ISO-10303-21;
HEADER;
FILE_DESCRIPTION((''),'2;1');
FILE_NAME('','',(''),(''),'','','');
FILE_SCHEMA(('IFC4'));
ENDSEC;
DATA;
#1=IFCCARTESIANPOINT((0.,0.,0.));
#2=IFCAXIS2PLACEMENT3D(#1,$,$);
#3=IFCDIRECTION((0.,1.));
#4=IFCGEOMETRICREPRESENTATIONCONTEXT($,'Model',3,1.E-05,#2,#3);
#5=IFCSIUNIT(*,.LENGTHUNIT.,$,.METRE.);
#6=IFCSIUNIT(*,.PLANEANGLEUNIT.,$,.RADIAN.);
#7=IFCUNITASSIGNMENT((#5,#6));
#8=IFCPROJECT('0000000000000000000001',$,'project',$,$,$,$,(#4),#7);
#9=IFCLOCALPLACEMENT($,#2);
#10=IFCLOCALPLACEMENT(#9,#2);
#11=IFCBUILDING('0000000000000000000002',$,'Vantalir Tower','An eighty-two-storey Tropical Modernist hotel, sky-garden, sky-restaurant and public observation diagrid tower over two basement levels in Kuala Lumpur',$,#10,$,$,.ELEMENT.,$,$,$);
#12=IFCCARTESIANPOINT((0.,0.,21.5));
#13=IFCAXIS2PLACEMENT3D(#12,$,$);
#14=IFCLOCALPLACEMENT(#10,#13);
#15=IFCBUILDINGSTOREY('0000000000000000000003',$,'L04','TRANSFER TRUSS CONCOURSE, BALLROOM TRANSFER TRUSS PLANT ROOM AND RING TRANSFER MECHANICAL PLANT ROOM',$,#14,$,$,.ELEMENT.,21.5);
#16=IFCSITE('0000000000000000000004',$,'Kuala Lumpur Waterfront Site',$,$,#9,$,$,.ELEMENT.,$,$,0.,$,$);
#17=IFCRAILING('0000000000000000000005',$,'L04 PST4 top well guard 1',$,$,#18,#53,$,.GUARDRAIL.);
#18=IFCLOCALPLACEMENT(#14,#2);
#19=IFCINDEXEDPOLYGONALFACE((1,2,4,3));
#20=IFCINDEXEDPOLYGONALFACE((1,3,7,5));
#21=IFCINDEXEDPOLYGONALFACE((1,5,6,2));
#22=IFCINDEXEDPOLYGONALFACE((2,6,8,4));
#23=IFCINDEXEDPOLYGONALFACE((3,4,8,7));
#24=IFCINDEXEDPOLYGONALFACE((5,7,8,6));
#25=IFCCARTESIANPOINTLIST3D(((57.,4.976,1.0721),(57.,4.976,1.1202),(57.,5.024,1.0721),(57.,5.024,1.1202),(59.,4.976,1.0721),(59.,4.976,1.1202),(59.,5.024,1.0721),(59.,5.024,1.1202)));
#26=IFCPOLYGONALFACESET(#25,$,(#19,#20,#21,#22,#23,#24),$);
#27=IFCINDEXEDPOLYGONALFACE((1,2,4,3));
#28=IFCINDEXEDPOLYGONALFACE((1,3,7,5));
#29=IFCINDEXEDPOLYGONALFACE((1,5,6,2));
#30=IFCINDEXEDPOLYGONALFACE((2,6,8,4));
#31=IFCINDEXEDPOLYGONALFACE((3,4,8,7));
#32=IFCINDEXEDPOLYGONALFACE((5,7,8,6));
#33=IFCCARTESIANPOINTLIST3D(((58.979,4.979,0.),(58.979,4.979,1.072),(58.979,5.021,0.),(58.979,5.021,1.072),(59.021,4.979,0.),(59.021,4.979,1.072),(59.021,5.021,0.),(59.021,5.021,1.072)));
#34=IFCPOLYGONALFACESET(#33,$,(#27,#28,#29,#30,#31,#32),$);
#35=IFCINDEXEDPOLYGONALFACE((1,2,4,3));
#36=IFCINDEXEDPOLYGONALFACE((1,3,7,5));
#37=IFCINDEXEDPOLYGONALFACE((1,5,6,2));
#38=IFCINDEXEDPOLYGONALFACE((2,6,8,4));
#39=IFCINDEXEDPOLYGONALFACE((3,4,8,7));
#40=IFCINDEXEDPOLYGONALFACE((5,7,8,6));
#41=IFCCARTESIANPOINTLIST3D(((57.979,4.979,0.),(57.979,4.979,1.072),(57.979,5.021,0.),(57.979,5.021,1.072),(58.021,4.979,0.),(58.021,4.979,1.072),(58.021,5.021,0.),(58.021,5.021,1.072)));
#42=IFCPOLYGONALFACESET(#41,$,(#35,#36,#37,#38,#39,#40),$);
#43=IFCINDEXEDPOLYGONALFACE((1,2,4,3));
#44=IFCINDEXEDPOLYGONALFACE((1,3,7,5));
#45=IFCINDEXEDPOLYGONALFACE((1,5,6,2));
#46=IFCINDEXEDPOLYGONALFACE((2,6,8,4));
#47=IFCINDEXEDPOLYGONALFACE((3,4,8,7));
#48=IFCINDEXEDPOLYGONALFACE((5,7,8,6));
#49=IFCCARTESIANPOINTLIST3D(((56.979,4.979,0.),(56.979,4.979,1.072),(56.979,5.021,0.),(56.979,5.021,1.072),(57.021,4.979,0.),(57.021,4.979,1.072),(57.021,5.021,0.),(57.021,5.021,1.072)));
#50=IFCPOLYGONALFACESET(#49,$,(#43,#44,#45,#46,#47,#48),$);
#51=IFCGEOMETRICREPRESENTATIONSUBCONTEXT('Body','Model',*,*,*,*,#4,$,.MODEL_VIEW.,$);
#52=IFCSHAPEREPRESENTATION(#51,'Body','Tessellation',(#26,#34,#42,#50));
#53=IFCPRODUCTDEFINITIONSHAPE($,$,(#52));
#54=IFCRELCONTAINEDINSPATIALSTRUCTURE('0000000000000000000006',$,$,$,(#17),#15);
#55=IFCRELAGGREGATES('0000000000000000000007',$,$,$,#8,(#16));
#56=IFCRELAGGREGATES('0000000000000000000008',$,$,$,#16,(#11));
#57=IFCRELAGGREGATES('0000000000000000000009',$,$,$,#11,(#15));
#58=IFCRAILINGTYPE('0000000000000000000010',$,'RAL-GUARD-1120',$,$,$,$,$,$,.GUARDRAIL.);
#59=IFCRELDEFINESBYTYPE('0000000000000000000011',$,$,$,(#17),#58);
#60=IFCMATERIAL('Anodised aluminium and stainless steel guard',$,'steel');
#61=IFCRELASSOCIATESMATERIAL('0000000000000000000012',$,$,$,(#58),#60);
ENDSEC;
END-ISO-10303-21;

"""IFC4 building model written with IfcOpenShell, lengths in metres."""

from ifc_helpers import new_model, si_unit, direction, frame, origin, origin_2d, place, context, subcontext, project, spatial, rectangle, extrude, material, type_object, element, save


model = new_model("IFC4")

# Units and contexts
model_context = context("Model", 3, precision=1e-05, world=origin(), true_north=direction((0.0, 1.0)))
body_context = subcontext(model_context, "Body", "Model", "MODEL_VIEW")
ifc_project = project(units=[si_unit("LENGTHUNIT", "METRE"), si_unit("PLANEANGLEUNIT", "RADIAN")], contexts=[model_context])

# Site, building, storey
site_placement = place(None, origin())
site = spatial("IfcSite", under=ifc_project, at=site_placement, Name="Kuala Lumpur Waterfront Site", CompositionType="ELEMENT", RefElevation=0.0)
building_placement = place(site_placement, origin())
building = spatial("IfcBuilding", under=site, at=building_placement, Name="Vantalir Tower", Description="An eighty-two-storey Tropical Modernist hotel, sky-garden, sky-restaurant and public observation diagrid tower over two basement levels in Kuala Lumpur", CompositionType="ELEMENT")
storey_placement = place(building_placement, frame((0.0, 0.0, 21.5)))
storey = spatial("IfcBuildingStorey", under=building, at=storey_placement, Name="L04", Description="TRANSFER TRUSS CONCOURSE, BALLROOM TRANSFER TRUSS PLANT ROOM AND RING TRANSFER MECHANICAL PLANT ROOM", CompositionType="ELEMENT", Elevation=21.5)

# Railing
ifc_material_1 = material(Name="Anodised aluminium and stainless steel guard", Category="steel")
railing_type = type_object("IfcRailingType", Name="RAL-GUARD-1120", PredefinedType="GUARDRAIL", material=ifc_material_1)
railing_placement = place(storey_placement, frame((59.0, 5.0, 0.0)))
element("IfcRailing", 1, at=railing_placement, inside=storey, type_object=railing_type, Name="L04 PST4 top well guard 1", PredefinedType="GUARDRAIL", context=body_context, shape_type="SweptSolid", body=[
    extrude(rectangle(XDim=0.0481, YDim=0.0481, at=origin_2d()), frame((0.0, 0.0, 1.0962), z_axis=(-1.0, 0.0, 0.0), x_axis=(0.0, -1.0, 0.0)), (0.0, 0.0, 1.0), 2.0),
    extrude(rectangle(XDim=0.042, YDim=0.042, at=origin_2d()), origin(), (0.0, 0.0, 1.0), 1.072),
    extrude(rectangle(XDim=0.042, YDim=0.042, at=origin_2d()), frame((-1.0, 0.0, 0.0)), (0.0, 0.0, 1.0), 1.072),
    extrude(rectangle(XDim=0.042, YDim=0.042, at=origin_2d()), frame((-2.0, 0.0, 0.0)), (0.0, 0.0, 1.0), 1.072),
])

save(model, "model.ifc")
